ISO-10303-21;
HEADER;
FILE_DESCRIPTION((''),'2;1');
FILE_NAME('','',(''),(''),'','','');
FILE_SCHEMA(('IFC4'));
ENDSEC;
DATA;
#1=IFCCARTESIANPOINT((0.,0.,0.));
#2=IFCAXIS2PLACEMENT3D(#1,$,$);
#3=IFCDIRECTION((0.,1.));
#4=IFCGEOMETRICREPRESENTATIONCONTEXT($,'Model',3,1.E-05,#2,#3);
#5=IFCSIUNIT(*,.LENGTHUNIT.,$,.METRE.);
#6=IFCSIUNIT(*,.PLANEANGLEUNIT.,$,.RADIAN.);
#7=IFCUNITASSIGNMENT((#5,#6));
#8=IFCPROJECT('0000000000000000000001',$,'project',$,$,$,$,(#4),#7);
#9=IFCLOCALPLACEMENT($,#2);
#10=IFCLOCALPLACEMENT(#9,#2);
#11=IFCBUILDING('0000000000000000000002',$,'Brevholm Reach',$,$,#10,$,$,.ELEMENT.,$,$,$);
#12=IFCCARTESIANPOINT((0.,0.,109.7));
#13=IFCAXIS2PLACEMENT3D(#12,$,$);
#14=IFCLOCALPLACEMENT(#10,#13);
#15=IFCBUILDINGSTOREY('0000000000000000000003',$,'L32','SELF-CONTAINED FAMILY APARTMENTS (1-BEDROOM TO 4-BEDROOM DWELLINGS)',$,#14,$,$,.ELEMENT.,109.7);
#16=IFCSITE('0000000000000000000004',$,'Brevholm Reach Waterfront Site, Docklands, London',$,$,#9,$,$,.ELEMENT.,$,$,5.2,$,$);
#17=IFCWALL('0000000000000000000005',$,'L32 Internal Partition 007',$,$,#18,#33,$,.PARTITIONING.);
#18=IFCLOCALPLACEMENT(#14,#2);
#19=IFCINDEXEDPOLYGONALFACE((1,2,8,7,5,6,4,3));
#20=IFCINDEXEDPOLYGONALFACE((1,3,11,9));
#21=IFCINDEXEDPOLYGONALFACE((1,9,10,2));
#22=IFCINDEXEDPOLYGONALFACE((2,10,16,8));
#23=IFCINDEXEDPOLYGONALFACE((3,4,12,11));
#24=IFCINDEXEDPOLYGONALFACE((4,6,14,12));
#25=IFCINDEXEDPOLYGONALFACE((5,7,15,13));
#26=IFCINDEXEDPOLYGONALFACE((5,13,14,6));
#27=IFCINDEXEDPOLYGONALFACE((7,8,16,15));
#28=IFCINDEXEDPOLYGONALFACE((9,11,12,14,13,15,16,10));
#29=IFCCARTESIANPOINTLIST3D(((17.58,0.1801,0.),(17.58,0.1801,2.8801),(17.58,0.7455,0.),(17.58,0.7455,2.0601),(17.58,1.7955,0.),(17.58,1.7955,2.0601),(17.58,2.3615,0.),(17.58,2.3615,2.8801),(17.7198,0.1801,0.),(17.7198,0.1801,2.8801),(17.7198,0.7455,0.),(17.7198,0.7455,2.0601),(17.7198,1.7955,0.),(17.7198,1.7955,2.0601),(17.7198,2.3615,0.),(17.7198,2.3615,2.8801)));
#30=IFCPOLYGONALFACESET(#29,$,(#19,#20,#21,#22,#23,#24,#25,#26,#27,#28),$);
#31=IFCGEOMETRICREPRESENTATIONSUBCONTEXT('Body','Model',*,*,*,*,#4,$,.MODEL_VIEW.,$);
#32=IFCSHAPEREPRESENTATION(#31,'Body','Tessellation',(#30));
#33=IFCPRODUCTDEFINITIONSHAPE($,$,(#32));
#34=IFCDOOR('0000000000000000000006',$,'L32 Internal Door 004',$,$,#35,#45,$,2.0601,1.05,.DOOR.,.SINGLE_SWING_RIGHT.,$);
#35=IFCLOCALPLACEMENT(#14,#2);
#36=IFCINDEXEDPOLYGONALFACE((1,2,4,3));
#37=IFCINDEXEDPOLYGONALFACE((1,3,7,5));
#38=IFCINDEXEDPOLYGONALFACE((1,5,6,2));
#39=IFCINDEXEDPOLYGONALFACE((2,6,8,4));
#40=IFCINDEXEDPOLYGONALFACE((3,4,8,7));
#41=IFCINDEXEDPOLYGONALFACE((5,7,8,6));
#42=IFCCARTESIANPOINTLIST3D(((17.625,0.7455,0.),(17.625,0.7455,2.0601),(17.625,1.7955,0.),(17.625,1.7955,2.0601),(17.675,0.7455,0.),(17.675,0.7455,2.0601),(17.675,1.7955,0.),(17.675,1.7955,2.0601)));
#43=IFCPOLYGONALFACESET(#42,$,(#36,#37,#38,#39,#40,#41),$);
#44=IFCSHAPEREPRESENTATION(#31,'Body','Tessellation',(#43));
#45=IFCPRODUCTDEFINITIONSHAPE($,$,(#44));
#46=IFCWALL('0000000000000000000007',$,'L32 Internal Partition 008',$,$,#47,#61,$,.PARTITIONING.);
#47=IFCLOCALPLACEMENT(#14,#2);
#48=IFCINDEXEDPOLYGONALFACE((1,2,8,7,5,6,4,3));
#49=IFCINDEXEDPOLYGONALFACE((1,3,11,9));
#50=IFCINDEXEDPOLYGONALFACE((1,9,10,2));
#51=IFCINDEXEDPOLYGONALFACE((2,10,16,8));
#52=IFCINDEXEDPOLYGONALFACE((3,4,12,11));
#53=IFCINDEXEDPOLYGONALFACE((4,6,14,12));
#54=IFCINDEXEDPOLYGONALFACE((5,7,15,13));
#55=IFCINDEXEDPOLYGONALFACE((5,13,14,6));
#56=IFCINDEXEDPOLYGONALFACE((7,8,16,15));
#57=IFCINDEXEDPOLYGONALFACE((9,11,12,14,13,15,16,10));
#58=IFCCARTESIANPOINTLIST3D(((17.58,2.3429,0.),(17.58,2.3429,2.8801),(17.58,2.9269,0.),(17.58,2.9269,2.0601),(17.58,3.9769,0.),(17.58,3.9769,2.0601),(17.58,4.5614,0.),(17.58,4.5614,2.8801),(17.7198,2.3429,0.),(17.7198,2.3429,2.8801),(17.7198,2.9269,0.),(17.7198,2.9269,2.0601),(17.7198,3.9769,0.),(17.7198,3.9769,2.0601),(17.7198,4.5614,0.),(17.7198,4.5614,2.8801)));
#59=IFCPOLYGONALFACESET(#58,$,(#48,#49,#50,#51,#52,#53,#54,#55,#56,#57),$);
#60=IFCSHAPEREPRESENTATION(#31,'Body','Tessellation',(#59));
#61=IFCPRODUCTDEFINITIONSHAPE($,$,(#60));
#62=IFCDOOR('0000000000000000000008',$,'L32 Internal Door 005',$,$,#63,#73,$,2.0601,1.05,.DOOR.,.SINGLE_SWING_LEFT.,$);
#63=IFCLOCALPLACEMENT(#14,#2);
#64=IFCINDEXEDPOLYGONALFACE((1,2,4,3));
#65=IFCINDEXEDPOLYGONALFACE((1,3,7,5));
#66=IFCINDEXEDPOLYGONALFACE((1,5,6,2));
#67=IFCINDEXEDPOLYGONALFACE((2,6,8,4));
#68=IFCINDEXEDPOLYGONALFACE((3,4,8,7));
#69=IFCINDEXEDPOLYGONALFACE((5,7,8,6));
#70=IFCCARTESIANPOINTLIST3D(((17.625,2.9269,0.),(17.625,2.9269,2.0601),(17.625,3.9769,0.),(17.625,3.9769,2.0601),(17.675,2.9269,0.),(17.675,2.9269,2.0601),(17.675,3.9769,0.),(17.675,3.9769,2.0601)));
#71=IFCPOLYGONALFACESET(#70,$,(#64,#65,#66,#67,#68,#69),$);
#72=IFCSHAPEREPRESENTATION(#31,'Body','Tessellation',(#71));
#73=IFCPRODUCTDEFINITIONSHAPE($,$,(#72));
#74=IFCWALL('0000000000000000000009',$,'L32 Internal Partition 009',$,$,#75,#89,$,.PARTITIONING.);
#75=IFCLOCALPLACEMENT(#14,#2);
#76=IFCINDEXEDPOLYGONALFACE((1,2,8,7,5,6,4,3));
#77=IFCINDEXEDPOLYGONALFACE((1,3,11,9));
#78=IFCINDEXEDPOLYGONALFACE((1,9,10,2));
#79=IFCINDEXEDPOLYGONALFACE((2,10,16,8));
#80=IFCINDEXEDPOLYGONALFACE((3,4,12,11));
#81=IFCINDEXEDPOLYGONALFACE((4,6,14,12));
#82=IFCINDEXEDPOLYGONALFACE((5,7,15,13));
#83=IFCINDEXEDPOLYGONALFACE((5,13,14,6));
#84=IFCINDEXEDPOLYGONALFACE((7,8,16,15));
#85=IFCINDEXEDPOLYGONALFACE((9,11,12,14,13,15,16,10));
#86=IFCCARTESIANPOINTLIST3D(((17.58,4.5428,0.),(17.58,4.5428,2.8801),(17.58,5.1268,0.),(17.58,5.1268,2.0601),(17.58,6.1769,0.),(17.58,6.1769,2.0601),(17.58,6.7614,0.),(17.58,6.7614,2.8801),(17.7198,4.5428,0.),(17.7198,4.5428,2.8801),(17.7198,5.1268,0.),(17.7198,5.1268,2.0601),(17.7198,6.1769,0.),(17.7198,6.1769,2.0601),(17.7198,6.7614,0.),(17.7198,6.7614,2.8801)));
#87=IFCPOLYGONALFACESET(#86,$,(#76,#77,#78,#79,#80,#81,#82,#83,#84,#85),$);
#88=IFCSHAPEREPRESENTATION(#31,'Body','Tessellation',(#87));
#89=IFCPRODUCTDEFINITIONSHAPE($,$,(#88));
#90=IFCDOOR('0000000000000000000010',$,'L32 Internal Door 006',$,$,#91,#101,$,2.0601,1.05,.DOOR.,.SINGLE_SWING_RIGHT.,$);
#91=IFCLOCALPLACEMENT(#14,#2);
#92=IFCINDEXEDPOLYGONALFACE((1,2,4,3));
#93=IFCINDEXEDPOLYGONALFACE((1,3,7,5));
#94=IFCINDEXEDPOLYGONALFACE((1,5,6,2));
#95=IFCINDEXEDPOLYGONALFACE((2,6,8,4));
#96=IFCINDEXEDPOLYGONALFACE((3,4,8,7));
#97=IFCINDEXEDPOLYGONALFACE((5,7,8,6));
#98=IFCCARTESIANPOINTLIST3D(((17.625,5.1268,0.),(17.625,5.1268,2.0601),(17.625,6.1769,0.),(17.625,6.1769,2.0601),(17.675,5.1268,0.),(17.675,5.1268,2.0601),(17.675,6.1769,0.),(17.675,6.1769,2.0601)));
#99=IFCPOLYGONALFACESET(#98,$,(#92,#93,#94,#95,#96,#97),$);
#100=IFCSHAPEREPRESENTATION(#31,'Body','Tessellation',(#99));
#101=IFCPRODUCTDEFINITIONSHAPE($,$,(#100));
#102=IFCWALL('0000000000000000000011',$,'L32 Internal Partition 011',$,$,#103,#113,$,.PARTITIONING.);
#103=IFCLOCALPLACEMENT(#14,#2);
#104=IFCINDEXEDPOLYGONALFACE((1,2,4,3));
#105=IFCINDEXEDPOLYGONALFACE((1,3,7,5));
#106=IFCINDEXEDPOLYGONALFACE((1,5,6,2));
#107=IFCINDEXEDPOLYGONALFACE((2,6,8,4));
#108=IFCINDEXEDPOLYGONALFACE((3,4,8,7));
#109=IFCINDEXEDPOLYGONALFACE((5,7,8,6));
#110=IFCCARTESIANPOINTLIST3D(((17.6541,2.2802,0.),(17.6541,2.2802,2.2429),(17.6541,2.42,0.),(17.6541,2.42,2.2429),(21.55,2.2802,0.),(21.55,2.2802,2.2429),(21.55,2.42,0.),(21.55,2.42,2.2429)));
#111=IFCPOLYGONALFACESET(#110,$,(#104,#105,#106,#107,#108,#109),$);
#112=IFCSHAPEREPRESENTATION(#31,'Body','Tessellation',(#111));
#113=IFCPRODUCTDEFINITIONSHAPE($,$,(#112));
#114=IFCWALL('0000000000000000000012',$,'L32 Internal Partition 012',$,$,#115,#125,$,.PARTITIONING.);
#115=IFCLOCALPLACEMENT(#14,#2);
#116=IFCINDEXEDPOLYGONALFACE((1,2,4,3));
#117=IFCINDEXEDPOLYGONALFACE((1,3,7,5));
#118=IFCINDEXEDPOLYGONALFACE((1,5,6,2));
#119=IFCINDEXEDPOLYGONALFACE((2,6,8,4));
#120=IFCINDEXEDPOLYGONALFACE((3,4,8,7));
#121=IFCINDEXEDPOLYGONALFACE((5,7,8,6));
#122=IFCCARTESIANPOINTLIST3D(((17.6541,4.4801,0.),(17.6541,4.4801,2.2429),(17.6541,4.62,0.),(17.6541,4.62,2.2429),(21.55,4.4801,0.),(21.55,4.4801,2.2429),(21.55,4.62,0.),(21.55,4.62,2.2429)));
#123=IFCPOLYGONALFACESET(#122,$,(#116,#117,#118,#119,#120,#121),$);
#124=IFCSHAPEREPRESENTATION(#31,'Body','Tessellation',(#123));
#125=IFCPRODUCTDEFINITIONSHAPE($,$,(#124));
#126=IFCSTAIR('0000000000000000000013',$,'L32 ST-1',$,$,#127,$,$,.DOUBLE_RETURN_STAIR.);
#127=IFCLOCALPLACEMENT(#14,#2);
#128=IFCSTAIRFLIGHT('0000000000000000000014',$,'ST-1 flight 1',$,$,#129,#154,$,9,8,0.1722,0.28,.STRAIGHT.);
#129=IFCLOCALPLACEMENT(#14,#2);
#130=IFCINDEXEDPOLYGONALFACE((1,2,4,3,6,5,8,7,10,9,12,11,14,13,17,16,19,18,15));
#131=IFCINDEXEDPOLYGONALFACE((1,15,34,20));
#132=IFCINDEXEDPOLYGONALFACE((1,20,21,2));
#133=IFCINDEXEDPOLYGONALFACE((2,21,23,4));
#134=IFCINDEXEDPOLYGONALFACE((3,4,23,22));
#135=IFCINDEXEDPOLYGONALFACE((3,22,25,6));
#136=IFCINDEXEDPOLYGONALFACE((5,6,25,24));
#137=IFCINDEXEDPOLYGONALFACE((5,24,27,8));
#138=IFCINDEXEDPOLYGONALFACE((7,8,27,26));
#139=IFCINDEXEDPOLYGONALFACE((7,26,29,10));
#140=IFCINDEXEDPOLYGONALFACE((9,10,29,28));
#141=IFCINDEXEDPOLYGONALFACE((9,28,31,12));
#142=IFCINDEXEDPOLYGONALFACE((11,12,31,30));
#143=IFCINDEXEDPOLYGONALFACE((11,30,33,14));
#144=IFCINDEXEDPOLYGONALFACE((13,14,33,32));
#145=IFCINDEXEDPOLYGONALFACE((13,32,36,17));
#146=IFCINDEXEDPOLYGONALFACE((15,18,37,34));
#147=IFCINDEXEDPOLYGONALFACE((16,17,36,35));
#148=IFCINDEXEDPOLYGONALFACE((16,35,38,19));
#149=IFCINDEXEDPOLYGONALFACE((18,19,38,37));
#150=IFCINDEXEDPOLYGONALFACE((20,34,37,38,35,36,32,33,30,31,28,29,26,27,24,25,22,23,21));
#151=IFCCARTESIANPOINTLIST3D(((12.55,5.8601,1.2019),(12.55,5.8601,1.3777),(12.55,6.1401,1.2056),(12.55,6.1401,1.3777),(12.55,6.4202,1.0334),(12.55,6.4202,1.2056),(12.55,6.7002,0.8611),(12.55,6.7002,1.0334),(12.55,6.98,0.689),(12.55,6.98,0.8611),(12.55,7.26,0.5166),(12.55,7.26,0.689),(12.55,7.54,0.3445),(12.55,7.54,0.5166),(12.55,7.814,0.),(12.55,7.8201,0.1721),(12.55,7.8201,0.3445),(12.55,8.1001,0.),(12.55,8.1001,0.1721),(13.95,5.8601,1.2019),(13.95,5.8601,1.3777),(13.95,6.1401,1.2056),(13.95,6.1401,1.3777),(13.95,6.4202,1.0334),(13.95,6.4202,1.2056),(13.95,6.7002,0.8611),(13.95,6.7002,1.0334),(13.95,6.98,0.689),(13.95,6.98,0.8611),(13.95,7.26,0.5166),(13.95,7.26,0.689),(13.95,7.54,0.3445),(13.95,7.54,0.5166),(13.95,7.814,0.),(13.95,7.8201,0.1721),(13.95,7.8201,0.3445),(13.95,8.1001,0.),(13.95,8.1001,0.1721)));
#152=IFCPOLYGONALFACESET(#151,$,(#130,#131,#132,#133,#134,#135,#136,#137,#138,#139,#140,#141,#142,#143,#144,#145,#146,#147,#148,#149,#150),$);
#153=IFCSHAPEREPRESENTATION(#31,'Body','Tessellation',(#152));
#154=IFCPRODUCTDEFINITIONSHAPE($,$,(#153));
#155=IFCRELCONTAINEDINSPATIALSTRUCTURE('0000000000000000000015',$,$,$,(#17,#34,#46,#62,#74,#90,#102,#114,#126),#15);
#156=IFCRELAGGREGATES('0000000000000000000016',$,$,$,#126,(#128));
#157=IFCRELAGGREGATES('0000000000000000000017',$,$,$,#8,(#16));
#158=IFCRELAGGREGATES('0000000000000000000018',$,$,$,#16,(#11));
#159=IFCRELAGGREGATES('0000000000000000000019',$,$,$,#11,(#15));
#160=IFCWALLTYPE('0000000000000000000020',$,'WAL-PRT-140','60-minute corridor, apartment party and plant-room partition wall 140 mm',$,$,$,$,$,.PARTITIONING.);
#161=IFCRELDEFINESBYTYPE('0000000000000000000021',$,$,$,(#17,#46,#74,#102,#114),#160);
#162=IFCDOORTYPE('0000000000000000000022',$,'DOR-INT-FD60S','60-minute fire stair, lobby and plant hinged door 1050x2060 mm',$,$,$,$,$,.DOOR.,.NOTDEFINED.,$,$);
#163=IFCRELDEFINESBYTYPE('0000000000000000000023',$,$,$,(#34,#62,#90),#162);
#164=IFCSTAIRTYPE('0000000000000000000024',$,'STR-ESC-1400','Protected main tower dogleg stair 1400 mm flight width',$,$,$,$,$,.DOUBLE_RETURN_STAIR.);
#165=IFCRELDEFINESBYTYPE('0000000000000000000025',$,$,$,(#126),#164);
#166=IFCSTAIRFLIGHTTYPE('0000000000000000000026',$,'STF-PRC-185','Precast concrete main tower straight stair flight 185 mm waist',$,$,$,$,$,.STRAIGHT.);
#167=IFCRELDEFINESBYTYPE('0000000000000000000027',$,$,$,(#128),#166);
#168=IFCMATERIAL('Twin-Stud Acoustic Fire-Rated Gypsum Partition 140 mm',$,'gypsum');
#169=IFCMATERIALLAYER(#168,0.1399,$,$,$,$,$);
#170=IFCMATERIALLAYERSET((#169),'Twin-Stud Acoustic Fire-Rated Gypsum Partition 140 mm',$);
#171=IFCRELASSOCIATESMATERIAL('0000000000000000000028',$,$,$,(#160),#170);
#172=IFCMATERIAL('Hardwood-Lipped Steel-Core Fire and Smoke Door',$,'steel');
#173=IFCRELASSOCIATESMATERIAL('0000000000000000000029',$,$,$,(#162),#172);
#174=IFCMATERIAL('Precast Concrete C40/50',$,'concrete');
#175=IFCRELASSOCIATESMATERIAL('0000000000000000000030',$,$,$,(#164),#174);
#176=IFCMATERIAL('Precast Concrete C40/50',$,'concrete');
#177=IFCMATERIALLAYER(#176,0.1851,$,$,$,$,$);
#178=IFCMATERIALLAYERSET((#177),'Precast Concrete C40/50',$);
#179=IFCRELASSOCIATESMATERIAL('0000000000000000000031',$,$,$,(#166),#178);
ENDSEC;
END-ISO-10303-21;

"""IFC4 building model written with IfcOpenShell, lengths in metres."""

from ifc_helpers import new_model, si_unit, direction, frame, frame_2d, origin, place, context, subcontext, project, spatial, polyline, rectangle, outline, extrude, material, layer, layer_set, type_object, element, fill, aggregate, save


model = new_model("IFC4")

# Units and contexts
model_context = context("Model", 3, precision=1e-05, world=origin(), true_north=direction((0.0, 1.0)))
body_context = subcontext(model_context, "Body", "Model", "MODEL_VIEW")
ifc_project = project(units=[si_unit("LENGTHUNIT", "METRE"), si_unit("PLANEANGLEUNIT", "RADIAN")], contexts=[model_context])

# Site, building, storey
site_placement = place(None, origin())
site = spatial("IfcSite", under=ifc_project, at=site_placement, Name="Brevholm Reach Waterfront Site, Docklands, London", CompositionType="ELEMENT", RefElevation=5.2)
building_placement = place(site_placement, origin())
building = spatial("IfcBuilding", under=site, at=building_placement, Name="Brevholm Reach", CompositionType="ELEMENT")
storey_placement = place(building_placement, frame((0.0, 0.0, 109.7)))
storey = spatial("IfcBuildingStorey", under=building, at=storey_placement, Name="L32", Description="SELF-CONTAINED FAMILY APARTMENTS (1-BEDROOM TO 4-BEDROOM DWELLINGS)", CompositionType="ELEMENT", Elevation=109.7)

# Walls, openings, doors
ifc_material_1 = material(Name="Twin-Stud Acoustic Fire-Rated Gypsum Partition 140 mm", Category="gypsum")
ifc_layer_1 = layer(ifc_material_1, 0.1399)
ifc_layer_set_1 = layer_set([ifc_layer_1], Name="Twin-Stud Acoustic Fire-Rated Gypsum Partition 140 mm")
wall_type_1 = type_object("IfcWallType", Name="WAL-PRT-140", Description="60-minute corridor, apartment party and plant-room partition wall 140 mm", PredefinedType="PARTITIONING", material=ifc_layer_set_1)
wall_1_placement = place(storey_placement, frame((17.6499, 0.1799, 0.0), z_axis=(0.0, 0.0, 1.0), x_axis=(0.0, 1.0, 0.0)))
wall_1 = element("IfcWall", 1, at=wall_1_placement, inside=storey, type_object=wall_type_1, Name="L32 Internal Partition 007", PredefinedType="PARTITIONING", context=body_context, shape_type="SweptSolid", body=[
    extrude(rectangle(XDim=2.1814, YDim=0.1399, at=frame_2d((1.0908, 0.0))), origin(), (0.0, 0.0, 1.0), 2.8801),
])
opening_1_placement = place(wall_1_placement, frame((0.5657, 0.0, 0.0)))
opening_1 = element("IfcOpeningElement", 2, at=opening_1_placement, cuts=wall_1, PredefinedType="OPENING", context=body_context, shape_type="SweptSolid", body=[
    extrude(rectangle(XDim=1.05, YDim=2.0601, at=frame_2d((0.5249, 1.03))), frame((0.0, 0.0798, 0.0), z_axis=(0.0, -1.0, 0.0), x_axis=(1.0, 0.0, 0.0)), (0.0, 0.0, 1.0), 0.1599),
])
ifc_material_2 = material(Name="Hardwood-Lipped Steel-Core Fire and Smoke Door", Category="steel")
door_type = type_object("IfcDoorType", Name="DOR-INT-FD60S", Description="60-minute fire stair, lobby and plant hinged door 1050x2060 mm", OperationType="NOTDEFINED", PredefinedType="DOOR", material=ifc_material_2)
door_1_placement = place(opening_1_placement, origin())
door_1 = element("IfcDoor", 3, at=door_1_placement, inside=storey, type_object=door_type, Name="L32 Internal Door 004", OperationType="SINGLE_SWING_RIGHT", OverallHeight=2.0601, OverallWidth=1.05, PredefinedType="DOOR", context=body_context, shape_type="SweptSolid", body=[
    extrude(rectangle(XDim=1.05, YDim=2.0601, at=frame_2d((0.5249, 1.03))), frame((0.0, 0.0249, 0.0), z_axis=(0.0, -1.0, 0.0), x_axis=(1.0, 0.0, 0.0)), (0.0, 0.0, 1.0), 0.05),
])
fill(opening_1, door_1)
wall_2_placement = place(storey_placement, frame((17.6499, 2.3428, 0.0), z_axis=(0.0, 0.0, 1.0), x_axis=(0.0, 1.0, 0.0)))
wall_2 = element("IfcWall", 4, at=wall_2_placement, inside=storey, type_object=wall_type_1, Name="L32 Internal Partition 008", PredefinedType="PARTITIONING", context=body_context, shape_type="SweptSolid", body=[
    extrude(rectangle(XDim=2.2185, YDim=0.1399, at=frame_2d((1.1094, 0.0))), origin(), (0.0, 0.0, 1.0), 2.8801),
])
opening_2_placement = place(wall_2_placement, frame((0.5842, 0.0, 0.0)))
opening_2 = element("IfcOpeningElement", 5, at=opening_2_placement, cuts=wall_2, PredefinedType="OPENING", context=body_context, shape_type="SweptSolid", body=[
    extrude(rectangle(XDim=1.05, YDim=2.0601, at=frame_2d((0.5249, 1.03))), frame((0.0, 0.0798, 0.0), z_axis=(0.0, -1.0, 0.0), x_axis=(1.0, 0.0, 0.0)), (0.0, 0.0, 1.0), 0.1599),
])
door_2_placement = place(opening_2_placement, origin())
door_2 = element("IfcDoor", 6, at=door_2_placement, inside=storey, type_object=door_type, Name="L32 Internal Door 005", OperationType="SINGLE_SWING_LEFT", OverallHeight=2.0601, OverallWidth=1.05, PredefinedType="DOOR", context=body_context, shape_type="SweptSolid", body=[
    extrude(rectangle(XDim=1.05, YDim=2.0601, at=frame_2d((0.5249, 1.03))), frame((0.0, 0.0249, 0.0), z_axis=(0.0, -1.0, 0.0), x_axis=(1.0, 0.0, 0.0)), (0.0, 0.0, 1.0), 0.05),
])
fill(opening_2, door_2)
wall_3_placement = place(storey_placement, frame((17.6499, 4.5427, 0.0), z_axis=(0.0, 0.0, 1.0), x_axis=(0.0, 1.0, 0.0)))
wall_3 = element("IfcWall", 7, at=wall_3_placement, inside=storey, type_object=wall_type_1, Name="L32 Internal Partition 009", PredefinedType="PARTITIONING", context=body_context, shape_type="SweptSolid", body=[
    extrude(rectangle(XDim=2.2185, YDim=0.1399, at=frame_2d((1.1094, 0.0))), origin(), (0.0, 0.0, 1.0), 2.8801),
])
opening_3_placement = place(wall_3_placement, frame((0.5842, 0.0, 0.0)))
opening_3 = element("IfcOpeningElement", 8, at=opening_3_placement, cuts=wall_3, PredefinedType="OPENING", context=body_context, shape_type="SweptSolid", body=[
    extrude(rectangle(XDim=1.05, YDim=2.0601, at=frame_2d((0.5249, 1.03))), frame((0.0, 0.0798, 0.0), z_axis=(0.0, -1.0, 0.0), x_axis=(1.0, 0.0, 0.0)), (0.0, 0.0, 1.0), 0.1599),
])
door_3_placement = place(opening_3_placement, origin())
door_3 = element("IfcDoor", 9, at=door_3_placement, inside=storey, type_object=door_type, Name="L32 Internal Door 006", OperationType="SINGLE_SWING_RIGHT", OverallHeight=2.0601, OverallWidth=1.05, PredefinedType="DOOR", context=body_context, shape_type="SweptSolid", body=[
    extrude(rectangle(XDim=1.05, YDim=2.0601, at=frame_2d((0.5249, 1.03))), frame((0.0, 0.0249, 0.0), z_axis=(0.0, -1.0, 0.0), x_axis=(1.0, 0.0, 0.0)), (0.0, 0.0, 1.0), 0.05),
])
fill(opening_3, door_3)

# Walls
for number, where, z_axis, x_axis, name in (
    (10, (17.6541, 2.3501, 0.0), (0.0, 0.0, 1.0), (1.0, 0.0, 0.0), "L32 Internal Partition 011"),
    (11, (17.6541, 4.55, 0.0), (0.0, 0.0, 1.0), (1.0, 0.0, 0.0), "L32 Internal Partition 012"),
):
    element("IfcWall", number, at=place(storey_placement, frame(where, z_axis=z_axis, x_axis=x_axis)), inside=storey, type_object=wall_type_1, Name=name, PredefinedType="PARTITIONING", context=body_context, shape_type="SweptSolid", body=[
        extrude(rectangle(XDim=3.896, YDim=0.1399, at=frame_2d((1.948, 0.0))), origin(), (0.0, 0.0, 1.0), 2.2429),
    ])

# Stair, stair flight
ifc_material_3 = material(Name="Precast Concrete C40/50", Category="concrete")
stair_type = type_object("IfcStairType", Name="STR-ESC-1400", Description="Protected main tower dogleg stair 1400 mm flight width", PredefinedType="DOUBLE_RETURN_STAIR", material=ifc_material_3)
stair_placement = place(storey_placement, origin())
stair = element("IfcStair", 12, at=stair_placement, inside=storey, type_object=stair_type, Name="L32 ST-1", PredefinedType="DOUBLE_RETURN_STAIR")
ifc_material_4 = material(Name="Precast Concrete C40/50", Category="concrete")
ifc_layer_2 = layer(ifc_material_4, 0.1851)
ifc_layer_set_2 = layer_set([ifc_layer_2], Name="Precast Concrete C40/50")
stair_flight_type = type_object("IfcStairFlightType", Name="STF-PRC-185", Description="Precast concrete main tower straight stair flight 185 mm waist", PredefinedType="STRAIGHT", material=ifc_layer_set_2)
stair_flight_1_placement = place(storey_placement, frame((13.25, 8.1001, 0.0), z_axis=(0.0, 0.0, 1.0), x_axis=(0.0, -1.0, 0.0)))
stair_flight_1 = element("IfcStairFlight", 13, at=stair_flight_1_placement, type_object=stair_flight_type, Name="ST-1 flight 1", NumberOfRisers=9, NumberOfTreads=8, PredefinedType="STRAIGHT", RiserHeight=0.1722, TreadLength=0.28, context=body_context, shape_type="SweptSolid", body=[
    extrude(outline(polyline([(0.0, 0.0), (0.0, 0.1721), (0.28, 0.1721), (0.28, 0.3445), (0.5601, 0.3445), (0.5601, 0.5166), (0.8401, 0.5166), (0.8401, 0.689), (1.1201, 0.689), (1.1201, 0.8611), (1.3999, 0.8611), (1.3999, 1.0334), (1.6799, 1.0334), (1.6799, 1.2056), (1.96, 1.2056), (1.96, 1.3777), (2.24, 1.3777), (2.24, 1.55), (2.24, 1.2019), (0.2861, 0.0), (0.0, 0.0)])), frame((0.0, 0.7, 0.0), z_axis=(0.0, -1.0, 0.0), x_axis=(1.0, 0.0, 0.0)), (0.0, 0.0, 1.0), 1.3999),
])
aggregate(stair, [stair_flight_1])

save(model, "model.ifc")
